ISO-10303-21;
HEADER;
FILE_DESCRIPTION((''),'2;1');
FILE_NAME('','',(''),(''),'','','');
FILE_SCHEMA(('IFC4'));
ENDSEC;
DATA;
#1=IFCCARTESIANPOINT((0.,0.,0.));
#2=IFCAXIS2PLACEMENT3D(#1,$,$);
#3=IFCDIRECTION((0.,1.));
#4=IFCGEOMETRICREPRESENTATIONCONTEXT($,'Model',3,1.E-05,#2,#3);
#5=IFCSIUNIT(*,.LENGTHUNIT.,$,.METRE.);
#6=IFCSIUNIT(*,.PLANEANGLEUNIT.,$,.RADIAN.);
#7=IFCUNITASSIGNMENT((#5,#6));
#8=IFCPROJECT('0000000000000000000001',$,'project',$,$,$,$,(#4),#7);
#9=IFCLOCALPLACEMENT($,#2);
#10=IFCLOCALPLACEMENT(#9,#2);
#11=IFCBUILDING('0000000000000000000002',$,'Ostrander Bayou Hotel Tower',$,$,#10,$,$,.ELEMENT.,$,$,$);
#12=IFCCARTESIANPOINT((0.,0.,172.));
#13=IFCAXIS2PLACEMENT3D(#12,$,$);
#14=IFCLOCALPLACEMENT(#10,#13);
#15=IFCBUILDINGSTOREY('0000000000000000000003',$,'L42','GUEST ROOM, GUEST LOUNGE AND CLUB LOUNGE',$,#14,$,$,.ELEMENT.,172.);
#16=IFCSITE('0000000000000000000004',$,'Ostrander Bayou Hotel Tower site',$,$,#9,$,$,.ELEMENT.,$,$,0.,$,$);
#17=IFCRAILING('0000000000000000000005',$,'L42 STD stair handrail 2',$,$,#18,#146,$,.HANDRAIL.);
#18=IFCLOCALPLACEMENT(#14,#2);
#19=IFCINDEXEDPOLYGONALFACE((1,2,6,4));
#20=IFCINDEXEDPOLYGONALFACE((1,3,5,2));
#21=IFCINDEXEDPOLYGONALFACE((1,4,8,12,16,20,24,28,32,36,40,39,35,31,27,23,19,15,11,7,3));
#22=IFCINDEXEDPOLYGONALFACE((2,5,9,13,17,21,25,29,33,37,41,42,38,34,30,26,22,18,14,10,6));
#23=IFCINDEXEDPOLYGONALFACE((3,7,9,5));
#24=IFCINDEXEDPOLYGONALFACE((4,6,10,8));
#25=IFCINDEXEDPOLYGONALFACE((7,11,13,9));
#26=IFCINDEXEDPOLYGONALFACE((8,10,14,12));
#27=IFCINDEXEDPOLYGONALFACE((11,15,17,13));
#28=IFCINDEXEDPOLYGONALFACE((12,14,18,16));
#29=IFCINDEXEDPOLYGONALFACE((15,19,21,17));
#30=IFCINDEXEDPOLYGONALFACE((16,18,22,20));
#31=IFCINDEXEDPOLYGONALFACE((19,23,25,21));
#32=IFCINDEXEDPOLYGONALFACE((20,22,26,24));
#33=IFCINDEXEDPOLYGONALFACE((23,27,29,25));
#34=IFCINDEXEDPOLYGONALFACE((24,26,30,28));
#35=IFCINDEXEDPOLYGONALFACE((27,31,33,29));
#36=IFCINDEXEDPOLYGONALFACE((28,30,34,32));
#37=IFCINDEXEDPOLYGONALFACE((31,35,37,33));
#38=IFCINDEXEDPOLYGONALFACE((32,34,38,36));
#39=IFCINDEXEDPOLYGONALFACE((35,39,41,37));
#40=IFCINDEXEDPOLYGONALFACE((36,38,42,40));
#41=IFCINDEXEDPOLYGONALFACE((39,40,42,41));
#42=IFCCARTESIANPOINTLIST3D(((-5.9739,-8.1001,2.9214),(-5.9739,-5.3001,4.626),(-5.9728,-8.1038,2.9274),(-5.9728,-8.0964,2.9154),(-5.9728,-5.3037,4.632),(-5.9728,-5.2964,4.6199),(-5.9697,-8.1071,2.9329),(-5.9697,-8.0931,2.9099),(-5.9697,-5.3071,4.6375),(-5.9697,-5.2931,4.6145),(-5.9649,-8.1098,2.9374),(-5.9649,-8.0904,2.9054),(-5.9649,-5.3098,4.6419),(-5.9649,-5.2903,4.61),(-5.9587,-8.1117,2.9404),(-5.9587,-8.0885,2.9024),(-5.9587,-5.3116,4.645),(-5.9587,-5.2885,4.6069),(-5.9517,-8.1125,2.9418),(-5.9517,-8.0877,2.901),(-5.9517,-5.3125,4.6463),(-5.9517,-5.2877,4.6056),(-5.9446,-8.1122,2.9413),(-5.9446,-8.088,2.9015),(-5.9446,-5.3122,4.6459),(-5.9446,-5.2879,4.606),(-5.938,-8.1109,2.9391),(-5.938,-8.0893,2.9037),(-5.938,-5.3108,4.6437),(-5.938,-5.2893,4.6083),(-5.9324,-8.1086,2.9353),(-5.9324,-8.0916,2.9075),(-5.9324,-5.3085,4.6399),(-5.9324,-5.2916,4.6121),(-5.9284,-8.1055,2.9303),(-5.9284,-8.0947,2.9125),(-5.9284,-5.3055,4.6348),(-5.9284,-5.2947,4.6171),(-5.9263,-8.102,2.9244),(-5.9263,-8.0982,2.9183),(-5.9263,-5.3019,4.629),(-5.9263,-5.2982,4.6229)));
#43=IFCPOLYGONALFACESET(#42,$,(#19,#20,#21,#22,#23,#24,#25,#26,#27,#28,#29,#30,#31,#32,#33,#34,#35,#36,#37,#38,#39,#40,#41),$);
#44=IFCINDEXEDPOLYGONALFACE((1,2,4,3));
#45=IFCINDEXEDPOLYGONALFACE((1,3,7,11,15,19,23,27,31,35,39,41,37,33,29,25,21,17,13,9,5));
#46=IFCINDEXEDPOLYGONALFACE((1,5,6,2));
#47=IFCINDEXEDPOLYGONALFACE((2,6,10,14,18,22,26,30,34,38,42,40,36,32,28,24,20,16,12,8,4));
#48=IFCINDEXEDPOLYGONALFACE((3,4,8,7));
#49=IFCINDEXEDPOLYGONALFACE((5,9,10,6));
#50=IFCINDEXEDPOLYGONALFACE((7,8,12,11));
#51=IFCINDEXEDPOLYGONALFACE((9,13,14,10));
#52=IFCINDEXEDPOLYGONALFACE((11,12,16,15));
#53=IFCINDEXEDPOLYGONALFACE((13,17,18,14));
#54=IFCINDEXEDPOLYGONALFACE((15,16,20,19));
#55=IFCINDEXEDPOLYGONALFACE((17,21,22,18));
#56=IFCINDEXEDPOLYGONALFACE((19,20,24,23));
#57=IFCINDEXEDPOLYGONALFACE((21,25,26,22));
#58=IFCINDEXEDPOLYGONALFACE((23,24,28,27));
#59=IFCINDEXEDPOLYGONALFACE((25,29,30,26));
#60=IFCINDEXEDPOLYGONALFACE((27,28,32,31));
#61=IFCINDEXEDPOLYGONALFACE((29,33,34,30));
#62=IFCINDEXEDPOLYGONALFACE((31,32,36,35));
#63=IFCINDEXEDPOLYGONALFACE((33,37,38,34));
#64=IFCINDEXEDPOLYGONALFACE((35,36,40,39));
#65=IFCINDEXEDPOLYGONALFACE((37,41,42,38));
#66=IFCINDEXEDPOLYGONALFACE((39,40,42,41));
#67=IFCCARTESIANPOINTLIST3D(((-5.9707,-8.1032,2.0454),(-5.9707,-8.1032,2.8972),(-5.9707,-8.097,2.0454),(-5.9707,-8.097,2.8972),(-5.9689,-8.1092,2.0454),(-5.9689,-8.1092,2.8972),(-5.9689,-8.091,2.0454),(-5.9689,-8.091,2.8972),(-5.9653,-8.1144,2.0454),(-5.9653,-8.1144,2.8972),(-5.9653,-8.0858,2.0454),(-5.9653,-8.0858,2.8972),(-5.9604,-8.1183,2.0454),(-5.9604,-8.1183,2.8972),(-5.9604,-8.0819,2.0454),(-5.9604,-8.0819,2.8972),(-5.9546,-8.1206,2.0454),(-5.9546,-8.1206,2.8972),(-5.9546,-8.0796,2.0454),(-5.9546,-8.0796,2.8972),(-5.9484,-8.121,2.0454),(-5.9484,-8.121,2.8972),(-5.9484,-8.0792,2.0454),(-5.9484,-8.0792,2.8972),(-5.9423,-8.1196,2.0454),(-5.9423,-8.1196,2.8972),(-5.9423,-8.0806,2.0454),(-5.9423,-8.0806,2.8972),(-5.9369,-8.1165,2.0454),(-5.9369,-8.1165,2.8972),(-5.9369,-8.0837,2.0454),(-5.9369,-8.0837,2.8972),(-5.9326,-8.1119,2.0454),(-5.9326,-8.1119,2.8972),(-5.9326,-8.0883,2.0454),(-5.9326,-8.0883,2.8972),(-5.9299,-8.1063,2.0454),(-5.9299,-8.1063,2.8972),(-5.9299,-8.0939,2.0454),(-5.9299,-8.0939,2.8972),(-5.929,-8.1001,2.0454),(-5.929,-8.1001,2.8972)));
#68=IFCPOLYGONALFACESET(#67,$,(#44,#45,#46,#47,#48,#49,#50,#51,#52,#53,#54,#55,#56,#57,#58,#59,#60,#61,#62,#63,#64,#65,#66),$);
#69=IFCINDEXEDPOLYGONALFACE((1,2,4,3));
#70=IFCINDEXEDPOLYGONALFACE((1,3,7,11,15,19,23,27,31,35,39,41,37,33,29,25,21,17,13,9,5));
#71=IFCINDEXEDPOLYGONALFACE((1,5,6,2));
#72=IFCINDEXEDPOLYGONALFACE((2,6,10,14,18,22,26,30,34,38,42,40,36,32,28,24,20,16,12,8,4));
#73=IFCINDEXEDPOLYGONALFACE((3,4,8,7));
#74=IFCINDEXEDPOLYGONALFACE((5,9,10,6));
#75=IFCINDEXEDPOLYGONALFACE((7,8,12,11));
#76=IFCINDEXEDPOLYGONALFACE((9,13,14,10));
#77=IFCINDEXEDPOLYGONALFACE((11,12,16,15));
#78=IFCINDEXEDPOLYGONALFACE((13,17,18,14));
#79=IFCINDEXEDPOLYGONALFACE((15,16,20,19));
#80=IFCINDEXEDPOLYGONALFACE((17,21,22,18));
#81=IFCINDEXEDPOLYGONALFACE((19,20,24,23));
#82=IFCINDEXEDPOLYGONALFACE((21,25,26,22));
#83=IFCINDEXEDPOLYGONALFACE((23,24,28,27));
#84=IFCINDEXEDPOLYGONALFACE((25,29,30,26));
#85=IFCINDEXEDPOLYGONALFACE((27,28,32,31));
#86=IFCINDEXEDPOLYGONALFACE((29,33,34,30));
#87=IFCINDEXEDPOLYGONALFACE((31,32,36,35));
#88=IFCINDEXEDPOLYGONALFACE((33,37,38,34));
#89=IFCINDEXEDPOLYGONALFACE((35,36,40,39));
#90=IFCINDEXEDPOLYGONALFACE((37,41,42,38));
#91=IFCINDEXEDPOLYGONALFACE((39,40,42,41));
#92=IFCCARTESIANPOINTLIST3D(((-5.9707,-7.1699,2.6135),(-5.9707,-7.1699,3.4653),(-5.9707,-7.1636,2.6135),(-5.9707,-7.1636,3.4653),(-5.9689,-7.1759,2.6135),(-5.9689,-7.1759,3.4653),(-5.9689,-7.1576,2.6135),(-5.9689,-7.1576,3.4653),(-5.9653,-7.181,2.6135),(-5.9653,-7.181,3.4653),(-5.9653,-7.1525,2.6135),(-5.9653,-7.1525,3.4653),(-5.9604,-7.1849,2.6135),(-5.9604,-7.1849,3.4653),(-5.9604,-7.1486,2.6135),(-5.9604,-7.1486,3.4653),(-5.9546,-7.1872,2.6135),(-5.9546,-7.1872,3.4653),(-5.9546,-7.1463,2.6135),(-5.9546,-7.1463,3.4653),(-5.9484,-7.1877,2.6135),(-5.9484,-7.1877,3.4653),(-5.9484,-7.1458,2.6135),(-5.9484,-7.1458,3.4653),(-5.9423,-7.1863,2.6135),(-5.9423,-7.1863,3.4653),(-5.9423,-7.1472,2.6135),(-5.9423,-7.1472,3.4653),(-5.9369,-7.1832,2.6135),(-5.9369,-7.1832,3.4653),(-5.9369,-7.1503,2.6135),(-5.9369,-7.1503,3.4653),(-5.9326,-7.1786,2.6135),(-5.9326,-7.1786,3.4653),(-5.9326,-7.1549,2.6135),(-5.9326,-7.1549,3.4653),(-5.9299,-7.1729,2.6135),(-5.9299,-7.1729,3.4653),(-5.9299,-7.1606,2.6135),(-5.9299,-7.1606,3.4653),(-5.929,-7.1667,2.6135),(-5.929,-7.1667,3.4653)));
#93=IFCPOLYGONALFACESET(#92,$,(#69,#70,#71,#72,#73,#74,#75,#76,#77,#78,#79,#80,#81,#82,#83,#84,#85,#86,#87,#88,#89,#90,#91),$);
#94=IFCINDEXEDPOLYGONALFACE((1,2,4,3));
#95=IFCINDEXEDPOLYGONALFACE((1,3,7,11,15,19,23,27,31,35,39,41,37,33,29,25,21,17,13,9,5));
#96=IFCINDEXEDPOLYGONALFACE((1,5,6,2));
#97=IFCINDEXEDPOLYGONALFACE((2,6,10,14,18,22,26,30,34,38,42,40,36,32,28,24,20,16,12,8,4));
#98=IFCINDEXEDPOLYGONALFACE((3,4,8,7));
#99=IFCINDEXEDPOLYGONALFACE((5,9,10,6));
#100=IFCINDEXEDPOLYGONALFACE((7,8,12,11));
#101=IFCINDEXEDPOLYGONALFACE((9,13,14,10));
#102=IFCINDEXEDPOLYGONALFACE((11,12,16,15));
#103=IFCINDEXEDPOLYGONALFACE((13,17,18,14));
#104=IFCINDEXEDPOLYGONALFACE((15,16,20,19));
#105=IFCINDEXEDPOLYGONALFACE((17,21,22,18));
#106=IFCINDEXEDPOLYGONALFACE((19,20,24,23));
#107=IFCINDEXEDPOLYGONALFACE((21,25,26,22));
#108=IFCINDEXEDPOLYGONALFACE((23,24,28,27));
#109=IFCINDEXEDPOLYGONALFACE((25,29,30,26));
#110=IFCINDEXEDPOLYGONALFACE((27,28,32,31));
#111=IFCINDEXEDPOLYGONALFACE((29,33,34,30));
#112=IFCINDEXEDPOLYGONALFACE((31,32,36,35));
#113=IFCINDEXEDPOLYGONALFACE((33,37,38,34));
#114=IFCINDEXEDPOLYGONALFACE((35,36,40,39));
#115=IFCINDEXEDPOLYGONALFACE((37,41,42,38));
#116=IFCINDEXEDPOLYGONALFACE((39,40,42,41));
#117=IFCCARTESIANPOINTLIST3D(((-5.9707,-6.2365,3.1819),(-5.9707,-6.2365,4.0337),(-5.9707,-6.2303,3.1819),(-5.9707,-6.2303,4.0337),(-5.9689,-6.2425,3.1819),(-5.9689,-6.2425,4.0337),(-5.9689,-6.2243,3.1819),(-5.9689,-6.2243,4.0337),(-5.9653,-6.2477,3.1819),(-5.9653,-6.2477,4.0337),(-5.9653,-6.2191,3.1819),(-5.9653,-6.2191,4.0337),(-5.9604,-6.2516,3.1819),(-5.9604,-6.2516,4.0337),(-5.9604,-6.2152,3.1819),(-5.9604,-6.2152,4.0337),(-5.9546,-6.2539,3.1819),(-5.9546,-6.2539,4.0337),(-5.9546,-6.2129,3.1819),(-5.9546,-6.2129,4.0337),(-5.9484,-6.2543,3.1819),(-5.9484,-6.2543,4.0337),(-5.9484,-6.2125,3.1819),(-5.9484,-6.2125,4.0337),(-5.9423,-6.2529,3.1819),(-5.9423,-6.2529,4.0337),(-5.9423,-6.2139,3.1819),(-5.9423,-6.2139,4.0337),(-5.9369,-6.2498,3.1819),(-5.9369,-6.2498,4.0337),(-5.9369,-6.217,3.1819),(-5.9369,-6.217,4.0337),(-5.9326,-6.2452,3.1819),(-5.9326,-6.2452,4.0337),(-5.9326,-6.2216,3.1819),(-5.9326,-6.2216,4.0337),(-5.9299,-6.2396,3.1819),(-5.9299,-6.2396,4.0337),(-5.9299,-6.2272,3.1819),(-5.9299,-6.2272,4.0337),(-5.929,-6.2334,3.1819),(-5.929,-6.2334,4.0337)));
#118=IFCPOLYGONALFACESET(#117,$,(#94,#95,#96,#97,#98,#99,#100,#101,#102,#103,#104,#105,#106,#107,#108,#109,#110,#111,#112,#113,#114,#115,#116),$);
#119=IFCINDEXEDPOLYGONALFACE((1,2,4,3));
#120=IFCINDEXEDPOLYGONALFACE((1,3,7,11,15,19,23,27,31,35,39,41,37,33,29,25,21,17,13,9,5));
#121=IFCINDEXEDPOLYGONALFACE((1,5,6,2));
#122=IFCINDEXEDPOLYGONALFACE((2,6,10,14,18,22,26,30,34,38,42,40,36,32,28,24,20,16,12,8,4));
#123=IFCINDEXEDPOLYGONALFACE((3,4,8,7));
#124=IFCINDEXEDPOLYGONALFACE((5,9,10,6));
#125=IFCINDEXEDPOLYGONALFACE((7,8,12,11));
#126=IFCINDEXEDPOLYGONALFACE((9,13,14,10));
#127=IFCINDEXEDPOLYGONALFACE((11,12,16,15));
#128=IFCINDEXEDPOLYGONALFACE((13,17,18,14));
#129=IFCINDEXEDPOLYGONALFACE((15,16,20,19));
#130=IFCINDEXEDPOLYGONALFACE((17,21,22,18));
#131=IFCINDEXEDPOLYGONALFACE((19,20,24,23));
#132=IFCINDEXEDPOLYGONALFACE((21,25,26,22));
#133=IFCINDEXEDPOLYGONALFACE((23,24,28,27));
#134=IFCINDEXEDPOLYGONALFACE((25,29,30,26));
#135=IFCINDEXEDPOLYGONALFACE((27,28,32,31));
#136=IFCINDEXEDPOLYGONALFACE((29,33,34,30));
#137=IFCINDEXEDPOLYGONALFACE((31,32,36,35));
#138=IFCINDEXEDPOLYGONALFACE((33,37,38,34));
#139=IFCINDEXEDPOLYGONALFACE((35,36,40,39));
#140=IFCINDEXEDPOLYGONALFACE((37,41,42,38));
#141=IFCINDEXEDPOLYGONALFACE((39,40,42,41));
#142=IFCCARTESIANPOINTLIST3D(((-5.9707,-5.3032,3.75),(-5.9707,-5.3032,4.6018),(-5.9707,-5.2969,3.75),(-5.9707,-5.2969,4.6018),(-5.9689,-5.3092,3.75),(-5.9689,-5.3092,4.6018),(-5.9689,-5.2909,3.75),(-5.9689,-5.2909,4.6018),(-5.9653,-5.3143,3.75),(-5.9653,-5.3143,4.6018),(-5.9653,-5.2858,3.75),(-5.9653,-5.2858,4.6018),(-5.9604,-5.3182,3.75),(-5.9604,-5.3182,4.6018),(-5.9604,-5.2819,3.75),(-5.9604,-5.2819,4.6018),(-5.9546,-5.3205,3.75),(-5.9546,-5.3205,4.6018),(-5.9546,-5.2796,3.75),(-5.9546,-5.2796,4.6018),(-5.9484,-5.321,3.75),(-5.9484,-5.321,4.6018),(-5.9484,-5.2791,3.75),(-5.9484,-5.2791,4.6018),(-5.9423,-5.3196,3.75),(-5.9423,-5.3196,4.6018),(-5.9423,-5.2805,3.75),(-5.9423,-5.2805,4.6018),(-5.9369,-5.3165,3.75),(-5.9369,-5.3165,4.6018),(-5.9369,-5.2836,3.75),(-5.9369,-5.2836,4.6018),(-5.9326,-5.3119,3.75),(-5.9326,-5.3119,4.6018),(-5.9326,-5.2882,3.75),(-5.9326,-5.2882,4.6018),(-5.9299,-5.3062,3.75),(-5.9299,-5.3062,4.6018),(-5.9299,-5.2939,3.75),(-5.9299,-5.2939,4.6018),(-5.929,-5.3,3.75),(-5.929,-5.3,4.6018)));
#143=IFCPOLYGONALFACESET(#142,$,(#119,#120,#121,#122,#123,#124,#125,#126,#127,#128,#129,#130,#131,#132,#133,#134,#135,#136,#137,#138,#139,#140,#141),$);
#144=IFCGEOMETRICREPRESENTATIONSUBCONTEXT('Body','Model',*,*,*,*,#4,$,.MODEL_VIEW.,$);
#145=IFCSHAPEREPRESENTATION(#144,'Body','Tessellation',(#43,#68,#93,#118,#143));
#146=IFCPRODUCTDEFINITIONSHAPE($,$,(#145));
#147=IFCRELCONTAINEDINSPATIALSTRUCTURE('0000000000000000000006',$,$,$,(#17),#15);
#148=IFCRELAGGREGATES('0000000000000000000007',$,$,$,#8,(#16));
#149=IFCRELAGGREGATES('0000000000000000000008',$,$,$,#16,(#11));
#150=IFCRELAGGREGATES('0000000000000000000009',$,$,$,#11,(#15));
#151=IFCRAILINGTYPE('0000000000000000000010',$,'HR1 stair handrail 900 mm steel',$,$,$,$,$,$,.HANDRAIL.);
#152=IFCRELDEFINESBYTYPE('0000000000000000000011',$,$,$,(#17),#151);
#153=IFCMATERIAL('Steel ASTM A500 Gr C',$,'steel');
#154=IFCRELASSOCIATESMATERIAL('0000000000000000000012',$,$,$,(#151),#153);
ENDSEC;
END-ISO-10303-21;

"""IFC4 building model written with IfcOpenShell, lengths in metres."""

from ifc_helpers import new_model, si_unit, direction, frame, origin, origin_2d, place, context, subcontext, project, spatial, circle, extrude, material, type_object, element, save


model = new_model("IFC4")

# Units and contexts
model_context = context("Model", 3, precision=1e-05, world=origin(), true_north=direction((0.0, 1.0)))
body_context = subcontext(model_context, "Body", "Model", "MODEL_VIEW")
ifc_project = project(units=[si_unit("LENGTHUNIT", "METRE"), si_unit("PLANEANGLEUNIT", "RADIAN")], contexts=[model_context])

# Site, building, storey
site_placement = place(None, origin())
site = spatial("IfcSite", under=ifc_project, at=site_placement, Name="Ostrander Bayou Hotel Tower site", CompositionType="ELEMENT", RefElevation=0.0)
building_placement = place(site_placement, origin())
building = spatial("IfcBuilding", under=site, at=building_placement, Name="Ostrander Bayou Hotel Tower", CompositionType="ELEMENT")
storey_placement = place(building_placement, frame((0.0, 0.0, 172.0)))
storey = spatial("IfcBuildingStorey", under=building, at=storey_placement, Name="L42", Description="GUEST ROOM, GUEST LOUNGE AND CLUB LOUNGE", CompositionType="ELEMENT", Elevation=172.0)

# Railing
ifc_material_1 = material(Name="Steel ASTM A500 Gr C", Category="steel")
railing_type_1 = type_object("IfcRailingType", Name="HR1 stair handrail 900 mm steel", PredefinedType="HANDRAIL", material=ifc_material_1)
railing_1_placement = place(storey_placement, frame((-5.95, -8.1001, 2.0454)))
element("IfcRailing", 1, at=railing_1_placement, inside=storey, type_object=railing_type_1, Name="L42 STD stair handrail 2", PredefinedType="HANDRAIL", context=body_context, shape_type="SweptSolid", body=[
    extrude(circle(Radius=0.0239, at=origin_2d()), frame((0.0, 0.0, 0.876), z_axis=(0.0, 0.85417, 0.519994), x_axis=(-1.0, 0.0, 0.0)), (0.0, 0.0, 1.0), 3.2781),
    extrude(circle(Radius=0.021, at=origin_2d()), origin(), (0.0, 0.0, 1.0), 0.8518),
    extrude(circle(Radius=0.021, at=origin_2d()), frame((0.0, 0.9333, 0.5681)), (0.0, 0.0, 1.0), 0.8518),
    extrude(circle(Radius=0.021, at=origin_2d()), frame((0.0, 1.8667, 1.1365)), (0.0, 0.0, 1.0), 0.8518),
    extrude(circle(Radius=0.021, at=origin_2d()), frame((0.0, 2.8, 1.7046)), (0.0, 0.0, 1.0), 0.8518),
])

save(model, "model.ifc")
